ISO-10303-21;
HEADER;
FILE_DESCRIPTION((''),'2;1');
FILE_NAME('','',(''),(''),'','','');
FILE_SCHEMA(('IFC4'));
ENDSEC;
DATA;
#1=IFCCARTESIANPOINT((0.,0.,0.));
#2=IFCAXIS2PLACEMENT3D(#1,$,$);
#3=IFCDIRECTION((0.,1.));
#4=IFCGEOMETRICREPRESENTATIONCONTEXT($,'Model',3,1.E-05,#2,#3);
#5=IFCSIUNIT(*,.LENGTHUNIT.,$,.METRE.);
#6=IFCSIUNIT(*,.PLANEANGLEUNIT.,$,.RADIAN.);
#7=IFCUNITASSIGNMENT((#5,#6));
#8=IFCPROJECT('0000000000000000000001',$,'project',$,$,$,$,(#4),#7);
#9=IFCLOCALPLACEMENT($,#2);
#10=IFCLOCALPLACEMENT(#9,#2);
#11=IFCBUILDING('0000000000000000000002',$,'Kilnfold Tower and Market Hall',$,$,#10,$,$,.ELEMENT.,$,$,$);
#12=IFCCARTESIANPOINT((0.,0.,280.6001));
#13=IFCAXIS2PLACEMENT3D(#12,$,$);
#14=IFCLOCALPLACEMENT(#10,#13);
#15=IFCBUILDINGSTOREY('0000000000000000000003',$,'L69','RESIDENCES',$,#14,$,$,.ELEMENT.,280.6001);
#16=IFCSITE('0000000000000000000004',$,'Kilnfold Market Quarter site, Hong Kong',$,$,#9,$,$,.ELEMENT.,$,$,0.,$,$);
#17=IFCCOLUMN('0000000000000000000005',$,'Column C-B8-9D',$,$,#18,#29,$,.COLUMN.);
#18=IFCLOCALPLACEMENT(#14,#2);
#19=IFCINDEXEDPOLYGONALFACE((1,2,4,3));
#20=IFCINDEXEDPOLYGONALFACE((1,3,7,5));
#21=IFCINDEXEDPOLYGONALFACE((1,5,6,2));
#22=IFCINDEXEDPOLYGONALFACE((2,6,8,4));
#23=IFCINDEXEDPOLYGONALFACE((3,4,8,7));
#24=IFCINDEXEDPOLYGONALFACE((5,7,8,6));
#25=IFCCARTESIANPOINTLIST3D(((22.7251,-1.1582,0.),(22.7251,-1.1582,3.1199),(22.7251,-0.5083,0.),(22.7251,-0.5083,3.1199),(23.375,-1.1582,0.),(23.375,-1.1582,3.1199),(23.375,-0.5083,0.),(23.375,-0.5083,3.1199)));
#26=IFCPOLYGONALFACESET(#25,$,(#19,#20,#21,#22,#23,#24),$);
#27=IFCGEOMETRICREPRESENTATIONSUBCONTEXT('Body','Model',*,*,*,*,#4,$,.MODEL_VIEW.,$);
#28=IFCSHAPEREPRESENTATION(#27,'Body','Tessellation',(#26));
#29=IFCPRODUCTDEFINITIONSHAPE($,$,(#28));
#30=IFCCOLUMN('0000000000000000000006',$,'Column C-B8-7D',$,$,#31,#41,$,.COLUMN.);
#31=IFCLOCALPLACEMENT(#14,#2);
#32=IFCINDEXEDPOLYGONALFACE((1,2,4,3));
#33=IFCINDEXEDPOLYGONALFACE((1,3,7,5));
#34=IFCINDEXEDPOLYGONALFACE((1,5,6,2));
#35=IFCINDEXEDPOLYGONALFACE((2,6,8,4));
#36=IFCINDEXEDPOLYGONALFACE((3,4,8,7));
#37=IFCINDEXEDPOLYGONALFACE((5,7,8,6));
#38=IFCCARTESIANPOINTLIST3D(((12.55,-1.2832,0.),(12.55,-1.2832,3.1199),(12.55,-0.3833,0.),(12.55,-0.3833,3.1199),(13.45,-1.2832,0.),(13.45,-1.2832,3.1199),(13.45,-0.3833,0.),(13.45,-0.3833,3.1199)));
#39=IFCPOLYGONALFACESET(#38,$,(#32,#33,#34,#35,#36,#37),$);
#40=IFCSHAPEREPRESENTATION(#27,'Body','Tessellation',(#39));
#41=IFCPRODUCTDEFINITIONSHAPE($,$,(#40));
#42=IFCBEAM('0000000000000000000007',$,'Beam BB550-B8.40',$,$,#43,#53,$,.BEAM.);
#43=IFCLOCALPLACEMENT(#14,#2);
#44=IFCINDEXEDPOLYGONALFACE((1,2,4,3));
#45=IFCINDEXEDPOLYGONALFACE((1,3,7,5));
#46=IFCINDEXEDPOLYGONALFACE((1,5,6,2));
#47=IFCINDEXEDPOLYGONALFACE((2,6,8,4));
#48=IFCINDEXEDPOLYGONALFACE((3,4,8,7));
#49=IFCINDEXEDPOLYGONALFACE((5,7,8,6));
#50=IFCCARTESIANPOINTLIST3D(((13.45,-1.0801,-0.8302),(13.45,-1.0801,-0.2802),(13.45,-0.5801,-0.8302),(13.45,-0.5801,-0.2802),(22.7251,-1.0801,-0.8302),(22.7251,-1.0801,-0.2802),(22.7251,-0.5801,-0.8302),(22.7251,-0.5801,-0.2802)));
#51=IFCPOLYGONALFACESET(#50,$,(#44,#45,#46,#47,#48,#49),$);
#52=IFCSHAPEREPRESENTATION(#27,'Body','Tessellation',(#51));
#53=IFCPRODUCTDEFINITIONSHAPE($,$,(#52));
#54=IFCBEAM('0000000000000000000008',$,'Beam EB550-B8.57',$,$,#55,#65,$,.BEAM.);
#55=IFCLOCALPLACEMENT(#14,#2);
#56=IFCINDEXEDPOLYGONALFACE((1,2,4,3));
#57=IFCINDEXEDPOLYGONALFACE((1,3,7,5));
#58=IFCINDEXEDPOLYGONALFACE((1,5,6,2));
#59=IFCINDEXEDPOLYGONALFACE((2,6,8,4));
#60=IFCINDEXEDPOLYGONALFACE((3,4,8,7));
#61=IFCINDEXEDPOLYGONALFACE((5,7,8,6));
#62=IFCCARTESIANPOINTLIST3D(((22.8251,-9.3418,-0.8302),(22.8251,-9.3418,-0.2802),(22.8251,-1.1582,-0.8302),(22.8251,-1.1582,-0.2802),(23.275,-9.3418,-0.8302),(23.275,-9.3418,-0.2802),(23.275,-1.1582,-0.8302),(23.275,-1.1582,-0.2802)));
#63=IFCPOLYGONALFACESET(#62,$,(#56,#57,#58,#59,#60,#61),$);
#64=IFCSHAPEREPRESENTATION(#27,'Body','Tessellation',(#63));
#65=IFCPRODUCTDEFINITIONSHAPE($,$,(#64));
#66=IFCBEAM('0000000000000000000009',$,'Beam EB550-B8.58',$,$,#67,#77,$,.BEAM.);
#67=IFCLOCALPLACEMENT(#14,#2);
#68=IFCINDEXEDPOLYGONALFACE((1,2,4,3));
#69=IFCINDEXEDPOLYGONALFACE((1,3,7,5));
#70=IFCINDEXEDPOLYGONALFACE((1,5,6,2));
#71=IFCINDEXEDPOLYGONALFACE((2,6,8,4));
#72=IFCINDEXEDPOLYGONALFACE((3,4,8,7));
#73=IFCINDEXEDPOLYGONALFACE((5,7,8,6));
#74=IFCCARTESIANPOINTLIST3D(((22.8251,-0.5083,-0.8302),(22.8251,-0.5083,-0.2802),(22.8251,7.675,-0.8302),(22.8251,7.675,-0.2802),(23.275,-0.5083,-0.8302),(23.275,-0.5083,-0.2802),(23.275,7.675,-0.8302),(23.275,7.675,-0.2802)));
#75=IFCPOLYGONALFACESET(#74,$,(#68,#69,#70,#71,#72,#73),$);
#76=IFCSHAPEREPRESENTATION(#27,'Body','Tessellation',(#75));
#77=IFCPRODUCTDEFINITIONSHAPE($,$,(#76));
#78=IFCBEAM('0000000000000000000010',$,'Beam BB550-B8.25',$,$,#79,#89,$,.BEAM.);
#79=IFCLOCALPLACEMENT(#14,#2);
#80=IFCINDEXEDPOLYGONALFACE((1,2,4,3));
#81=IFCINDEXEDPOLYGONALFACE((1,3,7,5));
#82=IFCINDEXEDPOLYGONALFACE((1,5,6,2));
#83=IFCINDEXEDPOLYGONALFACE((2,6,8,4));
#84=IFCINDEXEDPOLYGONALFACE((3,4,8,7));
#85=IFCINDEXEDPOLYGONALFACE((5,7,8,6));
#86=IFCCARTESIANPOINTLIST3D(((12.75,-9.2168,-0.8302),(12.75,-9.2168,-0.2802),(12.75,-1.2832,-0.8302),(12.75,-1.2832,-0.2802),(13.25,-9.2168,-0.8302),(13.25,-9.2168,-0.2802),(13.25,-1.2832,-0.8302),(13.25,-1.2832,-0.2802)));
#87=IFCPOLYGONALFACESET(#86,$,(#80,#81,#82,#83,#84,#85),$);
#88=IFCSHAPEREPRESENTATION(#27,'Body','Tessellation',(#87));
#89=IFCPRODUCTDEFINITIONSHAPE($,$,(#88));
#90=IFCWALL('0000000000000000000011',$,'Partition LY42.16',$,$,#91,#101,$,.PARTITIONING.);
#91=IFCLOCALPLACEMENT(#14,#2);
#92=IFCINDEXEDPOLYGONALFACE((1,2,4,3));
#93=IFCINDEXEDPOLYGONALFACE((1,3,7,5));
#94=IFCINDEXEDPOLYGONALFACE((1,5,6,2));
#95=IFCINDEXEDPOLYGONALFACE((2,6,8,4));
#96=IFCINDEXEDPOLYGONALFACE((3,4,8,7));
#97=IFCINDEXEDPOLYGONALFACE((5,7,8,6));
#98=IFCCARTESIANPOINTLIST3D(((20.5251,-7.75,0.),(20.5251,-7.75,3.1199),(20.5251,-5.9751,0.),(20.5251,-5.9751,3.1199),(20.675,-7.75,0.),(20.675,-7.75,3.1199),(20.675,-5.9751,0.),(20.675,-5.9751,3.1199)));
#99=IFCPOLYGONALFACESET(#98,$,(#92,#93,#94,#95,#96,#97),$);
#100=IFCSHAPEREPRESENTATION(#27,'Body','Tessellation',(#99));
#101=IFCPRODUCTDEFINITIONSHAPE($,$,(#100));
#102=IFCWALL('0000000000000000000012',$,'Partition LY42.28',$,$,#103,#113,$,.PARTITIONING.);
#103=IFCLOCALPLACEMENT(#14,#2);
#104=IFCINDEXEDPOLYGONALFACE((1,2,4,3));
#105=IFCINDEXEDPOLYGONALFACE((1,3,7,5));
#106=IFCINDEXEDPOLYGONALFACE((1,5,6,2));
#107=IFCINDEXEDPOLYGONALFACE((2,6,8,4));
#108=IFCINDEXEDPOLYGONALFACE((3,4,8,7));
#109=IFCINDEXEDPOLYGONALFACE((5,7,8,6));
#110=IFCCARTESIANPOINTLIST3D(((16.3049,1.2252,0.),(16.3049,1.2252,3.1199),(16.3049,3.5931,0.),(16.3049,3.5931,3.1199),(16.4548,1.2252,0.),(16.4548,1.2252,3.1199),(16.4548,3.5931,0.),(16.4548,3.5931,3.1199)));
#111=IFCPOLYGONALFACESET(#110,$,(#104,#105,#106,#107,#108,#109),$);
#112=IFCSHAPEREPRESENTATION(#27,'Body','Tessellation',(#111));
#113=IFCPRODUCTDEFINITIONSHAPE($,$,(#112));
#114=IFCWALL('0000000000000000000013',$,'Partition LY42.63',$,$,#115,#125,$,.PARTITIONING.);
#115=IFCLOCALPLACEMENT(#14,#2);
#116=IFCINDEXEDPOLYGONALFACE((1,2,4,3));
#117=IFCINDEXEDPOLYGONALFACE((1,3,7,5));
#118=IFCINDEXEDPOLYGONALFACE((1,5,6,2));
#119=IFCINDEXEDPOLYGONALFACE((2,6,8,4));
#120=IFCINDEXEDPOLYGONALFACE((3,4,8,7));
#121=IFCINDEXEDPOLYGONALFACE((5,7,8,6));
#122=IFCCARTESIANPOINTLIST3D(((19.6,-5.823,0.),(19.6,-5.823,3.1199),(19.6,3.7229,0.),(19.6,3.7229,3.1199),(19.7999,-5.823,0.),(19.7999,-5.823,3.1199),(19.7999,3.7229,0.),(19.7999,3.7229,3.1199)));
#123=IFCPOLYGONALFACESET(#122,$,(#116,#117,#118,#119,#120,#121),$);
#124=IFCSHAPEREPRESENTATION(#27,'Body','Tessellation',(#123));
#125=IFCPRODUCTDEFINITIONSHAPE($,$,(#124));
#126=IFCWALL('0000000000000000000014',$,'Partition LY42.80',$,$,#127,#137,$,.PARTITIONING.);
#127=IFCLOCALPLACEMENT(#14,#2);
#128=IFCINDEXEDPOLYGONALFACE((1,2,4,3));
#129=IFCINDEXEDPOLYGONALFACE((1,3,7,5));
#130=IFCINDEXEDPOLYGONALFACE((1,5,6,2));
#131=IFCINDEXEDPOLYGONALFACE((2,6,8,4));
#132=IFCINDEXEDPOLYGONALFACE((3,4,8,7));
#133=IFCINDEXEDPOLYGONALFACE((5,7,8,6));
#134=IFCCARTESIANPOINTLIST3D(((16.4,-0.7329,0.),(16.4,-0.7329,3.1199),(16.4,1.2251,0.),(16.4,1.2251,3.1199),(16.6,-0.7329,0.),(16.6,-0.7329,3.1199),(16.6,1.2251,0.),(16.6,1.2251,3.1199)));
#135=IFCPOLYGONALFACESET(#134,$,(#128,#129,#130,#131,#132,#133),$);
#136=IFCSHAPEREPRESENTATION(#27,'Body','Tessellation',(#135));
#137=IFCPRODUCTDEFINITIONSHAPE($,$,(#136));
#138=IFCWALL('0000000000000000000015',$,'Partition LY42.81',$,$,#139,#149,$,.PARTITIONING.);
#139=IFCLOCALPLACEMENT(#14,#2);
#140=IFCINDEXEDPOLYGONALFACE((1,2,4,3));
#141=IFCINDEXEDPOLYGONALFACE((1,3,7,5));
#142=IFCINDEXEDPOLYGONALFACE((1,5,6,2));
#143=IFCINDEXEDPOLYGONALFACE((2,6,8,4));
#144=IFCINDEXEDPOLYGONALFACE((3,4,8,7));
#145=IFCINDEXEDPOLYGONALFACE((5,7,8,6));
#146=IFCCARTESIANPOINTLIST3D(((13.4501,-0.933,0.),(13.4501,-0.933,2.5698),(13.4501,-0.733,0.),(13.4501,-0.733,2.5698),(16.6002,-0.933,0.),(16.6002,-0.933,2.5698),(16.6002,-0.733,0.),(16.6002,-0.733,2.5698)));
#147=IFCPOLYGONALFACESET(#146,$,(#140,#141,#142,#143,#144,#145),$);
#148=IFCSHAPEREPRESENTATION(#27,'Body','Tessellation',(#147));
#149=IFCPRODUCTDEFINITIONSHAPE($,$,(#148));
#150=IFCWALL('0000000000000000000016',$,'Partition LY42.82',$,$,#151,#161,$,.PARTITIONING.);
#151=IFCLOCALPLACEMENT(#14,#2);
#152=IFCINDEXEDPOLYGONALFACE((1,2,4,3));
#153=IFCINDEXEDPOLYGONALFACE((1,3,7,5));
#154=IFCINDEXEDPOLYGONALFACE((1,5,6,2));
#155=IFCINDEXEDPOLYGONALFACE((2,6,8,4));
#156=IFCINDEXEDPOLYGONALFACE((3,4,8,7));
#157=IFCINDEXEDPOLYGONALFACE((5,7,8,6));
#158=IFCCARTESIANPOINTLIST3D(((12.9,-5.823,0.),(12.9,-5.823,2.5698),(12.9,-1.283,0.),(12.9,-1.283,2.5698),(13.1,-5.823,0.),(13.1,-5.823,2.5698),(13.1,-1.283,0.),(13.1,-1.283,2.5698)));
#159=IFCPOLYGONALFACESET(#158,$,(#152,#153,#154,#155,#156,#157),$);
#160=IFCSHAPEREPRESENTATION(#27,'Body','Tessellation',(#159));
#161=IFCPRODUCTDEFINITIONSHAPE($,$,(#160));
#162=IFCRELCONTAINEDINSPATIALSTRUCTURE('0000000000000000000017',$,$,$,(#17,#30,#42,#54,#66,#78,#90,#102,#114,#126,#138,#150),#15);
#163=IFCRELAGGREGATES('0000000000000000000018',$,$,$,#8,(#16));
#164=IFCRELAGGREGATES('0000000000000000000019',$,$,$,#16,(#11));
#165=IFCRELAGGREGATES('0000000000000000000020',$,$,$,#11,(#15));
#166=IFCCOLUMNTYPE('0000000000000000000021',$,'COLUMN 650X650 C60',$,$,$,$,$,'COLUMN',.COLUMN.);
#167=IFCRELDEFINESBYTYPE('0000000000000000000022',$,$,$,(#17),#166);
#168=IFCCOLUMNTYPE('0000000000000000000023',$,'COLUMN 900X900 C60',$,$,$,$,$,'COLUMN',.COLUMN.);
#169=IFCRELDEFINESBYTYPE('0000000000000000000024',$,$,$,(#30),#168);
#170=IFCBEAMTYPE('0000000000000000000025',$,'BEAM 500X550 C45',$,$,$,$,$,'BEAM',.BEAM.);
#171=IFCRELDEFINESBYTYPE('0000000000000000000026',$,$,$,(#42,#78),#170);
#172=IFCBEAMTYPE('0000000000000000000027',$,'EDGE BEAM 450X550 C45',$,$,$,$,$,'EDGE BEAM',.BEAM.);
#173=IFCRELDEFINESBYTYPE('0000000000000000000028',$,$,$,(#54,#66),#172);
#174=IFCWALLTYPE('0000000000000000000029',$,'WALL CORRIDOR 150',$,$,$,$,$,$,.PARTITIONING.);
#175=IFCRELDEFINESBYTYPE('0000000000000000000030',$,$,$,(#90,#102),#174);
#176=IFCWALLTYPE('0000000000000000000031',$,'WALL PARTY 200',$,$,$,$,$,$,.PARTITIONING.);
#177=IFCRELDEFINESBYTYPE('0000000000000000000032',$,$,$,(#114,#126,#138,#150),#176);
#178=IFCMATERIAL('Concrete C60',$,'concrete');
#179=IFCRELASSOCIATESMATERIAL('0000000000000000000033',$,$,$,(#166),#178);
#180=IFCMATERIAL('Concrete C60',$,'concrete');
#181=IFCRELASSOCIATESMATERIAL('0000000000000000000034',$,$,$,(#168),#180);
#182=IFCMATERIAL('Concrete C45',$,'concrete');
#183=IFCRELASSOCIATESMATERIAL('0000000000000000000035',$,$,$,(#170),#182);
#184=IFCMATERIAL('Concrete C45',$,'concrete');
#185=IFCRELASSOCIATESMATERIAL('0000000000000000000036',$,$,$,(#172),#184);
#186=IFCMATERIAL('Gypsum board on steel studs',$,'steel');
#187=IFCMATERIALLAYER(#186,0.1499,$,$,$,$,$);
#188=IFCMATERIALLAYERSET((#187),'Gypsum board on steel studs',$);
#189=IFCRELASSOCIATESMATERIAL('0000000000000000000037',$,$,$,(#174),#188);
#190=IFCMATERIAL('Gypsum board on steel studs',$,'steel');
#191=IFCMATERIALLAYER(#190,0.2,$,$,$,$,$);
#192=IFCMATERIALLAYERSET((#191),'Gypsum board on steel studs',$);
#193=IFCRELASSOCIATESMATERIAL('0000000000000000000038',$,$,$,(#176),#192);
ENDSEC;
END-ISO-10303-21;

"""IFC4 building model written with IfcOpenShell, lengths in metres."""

from ifc_helpers import new_model, si_unit, direction, frame, frame_2d, origin, origin_2d, place, context, subcontext, project, spatial, rectangle, extrude, source, transform, mapped, material, layer, layer_set, material_profile, profile_set, type_object, element, save


model = new_model("IFC4")

# Units and contexts
model_context = context("Model", 3, precision=1e-05, world=origin(), true_north=direction((0.0, 1.0)))
body_context = subcontext(model_context, "Body", "Model", "MODEL_VIEW")
ifc_project = project(units=[si_unit("LENGTHUNIT", "METRE"), si_unit("PLANEANGLEUNIT", "RADIAN")], contexts=[model_context])

# Site, building, storey
site_placement = place(None, origin())
site = spatial("IfcSite", under=ifc_project, at=site_placement, Name="Kilnfold Market Quarter site, Hong Kong", CompositionType="ELEMENT", RefElevation=0.0)
building_placement = place(site_placement, origin())
building = spatial("IfcBuilding", under=site, at=building_placement, Name="Kilnfold Tower and Market Hall", CompositionType="ELEMENT")
storey_placement = place(building_placement, frame((0.0, 0.0, 280.6001)))
storey = spatial("IfcBuildingStorey", under=building, at=storey_placement, Name="L69", Description="RESIDENCES", CompositionType="ELEMENT", Elevation=280.6001)

# Columns
ifc_material_1 = material(Name="Concrete C60", Category="concrete")
ifc_material_profile_1 = material_profile(ifc_material_1, rectangle(XDim=0.6499, YDim=0.6499, at=origin_2d()), Name="RC 650x650")
ifc_profile_set_1 = profile_set([ifc_material_profile_1], Name="Concrete C60")
column_type_1 = type_object("IfcColumnType", Name="COLUMN 650X650 C60", ElementType="COLUMN", PredefinedType="COLUMN", material=ifc_profile_set_1)
shared_shape_1 = source(origin(), body_context, "Body", "SweptSolid", [
    extrude(rectangle(XDim=0.6499, YDim=0.6499, at=origin_2d()), origin(), (0.0, 0.0, 1.0), 3.1199),
])
column_1_placement = place(storey_placement, frame((23.05, -0.8333, 0.0), z_axis=(0.0, 0.0, 1.0), x_axis=(1.0, 0.0, 0.0)))
element("IfcColumn", 1, at=column_1_placement, inside=storey, type_object=column_type_1, Name="Column C-B8-9D", PredefinedType="COLUMN", context=body_context, shape_type="MappedRepresentation", body=[
    mapped(shared_shape_1, transform((0.0, 0.0, 0.0))),
])
ifc_material_2 = material(Name="Concrete C60", Category="concrete")
ifc_material_profile_2 = material_profile(ifc_material_2, rectangle(XDim=0.8999, YDim=0.8999, at=origin_2d()), Name="RC 900x900")
ifc_profile_set_2 = profile_set([ifc_material_profile_2], Name="Concrete C60")
column_type_2 = type_object("IfcColumnType", Name="COLUMN 900X900 C60", ElementType="COLUMN", PredefinedType="COLUMN", material=ifc_profile_set_2)
shared_shape_2 = source(origin(), body_context, "Body", "SweptSolid", [
    extrude(rectangle(XDim=0.8999, YDim=0.8999, at=origin_2d()), origin(), (0.0, 0.0, 1.0), 3.1199),
])
column_2_placement = place(storey_placement, frame((13.0, -0.8333, 0.0), z_axis=(0.0, 0.0, 1.0), x_axis=(1.0, 0.0, 0.0)))
element("IfcColumn", 2, at=column_2_placement, inside=storey, type_object=column_type_2, Name="Column C-B8-7D", PredefinedType="COLUMN", context=body_context, shape_type="MappedRepresentation", body=[
    mapped(shared_shape_2, transform((0.0, 0.0, 0.0))),
])

# Beams
ifc_material_3 = material(Name="Concrete C45", Category="concrete")
ifc_material_profile_3 = material_profile(ifc_material_3, rectangle(XDim=0.5, YDim=0.55, at=origin_2d()), Name="RC 500x550")
ifc_profile_set_3 = profile_set([ifc_material_profile_3], Name="Concrete C45")
beam_type_1 = type_object("IfcBeamType", Name="BEAM 500X550 C45", ElementType="BEAM", PredefinedType="BEAM", material=ifc_profile_set_3)
shared_shape_3 = source(origin(), body_context, "Body", "SweptSolid", [
    extrude(rectangle(XDim=0.5, YDim=0.55, at=origin_2d()), origin(), (0.0, 0.0, 1.0), 9.2751),
])
beam_1_placement = place(storey_placement, frame((13.45, -0.8301, -0.5552), z_axis=(1.0, 0.0, 0.0), x_axis=(0.0, 1.0, 0.0)))
element("IfcBeam", 3, at=beam_1_placement, inside=storey, type_object=beam_type_1, Name="Beam BB550-B8.40", PredefinedType="BEAM", context=body_context, shape_type="MappedRepresentation", body=[
    mapped(shared_shape_3, transform((0.0, 0.0, 0.0))),
])
ifc_material_4 = material(Name="Concrete C45", Category="concrete")
ifc_material_profile_4 = material_profile(ifc_material_4, rectangle(XDim=0.45, YDim=0.55, at=origin_2d()), Name="RC 450x550")
ifc_profile_set_4 = profile_set([ifc_material_profile_4], Name="Concrete C45")
beam_type_2 = type_object("IfcBeamType", Name="EDGE BEAM 450X550 C45", ElementType="EDGE BEAM", PredefinedType="BEAM", material=ifc_profile_set_4)
shared_shape_4 = source(origin(), body_context, "Body", "SweptSolid", [
    extrude(rectangle(XDim=0.45, YDim=0.55, at=origin_2d()), origin(), (0.0, 0.0, 1.0), 8.1836),
])
beam_2_placement = place(storey_placement, frame((23.05, -9.3418, -0.5552), z_axis=(0.0, 1.0, 0.0), x_axis=(-1.0, 0.0, 0.0)))
element("IfcBeam", 4, at=beam_2_placement, inside=storey, type_object=beam_type_2, Name="Beam EB550-B8.57", PredefinedType="BEAM", context=body_context, shape_type="MappedRepresentation", body=[
    mapped(shared_shape_4, transform((0.0, 0.0, 0.0))),
])
shared_shape_5 = source(origin(), body_context, "Body", "SweptSolid", [
    extrude(rectangle(XDim=0.45, YDim=0.55, at=origin_2d()), origin(), (0.0, 0.0, 1.0), 8.1833),
])
beam_3_placement = place(storey_placement, frame((23.05, -0.5083, -0.5552), z_axis=(0.0, 1.0, 0.0), x_axis=(-1.0, 0.0, 0.0)))
element("IfcBeam", 5, at=beam_3_placement, inside=storey, type_object=beam_type_2, Name="Beam EB550-B8.58", PredefinedType="BEAM", context=body_context, shape_type="MappedRepresentation", body=[
    mapped(shared_shape_5, transform((0.0, 0.0, 0.0))),
])
shared_shape_6 = source(origin(), body_context, "Body", "SweptSolid", [
    extrude(rectangle(XDim=0.5, YDim=0.55, at=origin_2d()), origin(), (0.0, 0.0, 1.0), 7.9336),
])
beam_4_placement = place(storey_placement, frame((13.0, -9.2168, -0.5552), z_axis=(0.0, 1.0, 0.0), x_axis=(-1.0, 0.0, 0.0)))
element("IfcBeam", 6, at=beam_4_placement, inside=storey, type_object=beam_type_1, Name="Beam BB550-B8.25", PredefinedType="BEAM", context=body_context, shape_type="MappedRepresentation", body=[
    mapped(shared_shape_6, transform((0.0, 0.0, 0.0))),
])

# Walls
ifc_material_5 = material(Name="Gypsum board on steel studs", Category="steel")
ifc_layer_1 = layer(ifc_material_5, 0.1499)
ifc_layer_set_1 = layer_set([ifc_layer_1], Name="Gypsum board on steel studs")
wall_type_1 = type_object("IfcWallType", Name="WALL CORRIDOR 150", PredefinedType="PARTITIONING", material=ifc_layer_set_1)
wall_1_placement = place(storey_placement, frame((20.6001, -7.75, 0.0), z_axis=(0.0, 0.0, 1.0), x_axis=(0.0, 1.0, 0.0)))
element("IfcWall", 7, at=wall_1_placement, inside=storey, type_object=wall_type_1, Name="Partition LY42.16", PredefinedType="PARTITIONING", context=body_context, shape_type="SweptSolid", body=[
    extrude(rectangle(XDim=1.7749, YDim=0.1499, at=frame_2d((0.8875, 0.0))), origin(), (0.0, 0.0, 1.0), 3.1199),
])
wall_2_placement = place(storey_placement, frame((16.3799, 1.2251, 0.0), z_axis=(0.0, 0.0, 1.0), x_axis=(0.0, 1.0, 0.0)))
element("IfcWall", 8, at=wall_2_placement, inside=storey, type_object=wall_type_1, Name="Partition LY42.28", PredefinedType="PARTITIONING", context=body_context, shape_type="SweptSolid", body=[
    extrude(rectangle(XDim=2.3679, YDim=0.1499, at=frame_2d((1.1841, 0.0))), origin(), (0.0, 0.0, 1.0), 3.1199),
])
ifc_material_6 = material(Name="Gypsum board on steel studs", Category="steel")
ifc_layer_2 = layer(ifc_material_6, 0.2)
ifc_layer_set_2 = layer_set([ifc_layer_2], Name="Gypsum board on steel studs")
wall_type_2 = type_object("IfcWallType", Name="WALL PARTY 200", PredefinedType="PARTITIONING", material=ifc_layer_set_2)
wall_3_placement = place(storey_placement, frame((19.7, 3.7229, 0.0), z_axis=(0.0, 0.0, 1.0), x_axis=(0.0, -1.0, 0.0)))
element("IfcWall", 9, at=wall_3_placement, inside=storey, type_object=wall_type_2, Name="Partition LY42.63", PredefinedType="PARTITIONING", context=body_context, shape_type="SweptSolid", body=[
    extrude(rectangle(XDim=9.5459, YDim=0.2, at=frame_2d((4.7729, 0.0))), origin(), (0.0, 0.0, 1.0), 3.1199),
])
wall_4_placement = place(storey_placement, frame((16.5, -0.7329, 0.0), z_axis=(0.0, 0.0, 1.0), x_axis=(0.0, 1.0, 0.0)))
element("IfcWall", 10, at=wall_4_placement, inside=storey, type_object=wall_type_2, Name="Partition LY42.80", PredefinedType="PARTITIONING", context=body_context, shape_type="SweptSolid", body=[
    extrude(rectangle(XDim=1.958, YDim=0.2, at=frame_2d((0.979, 0.0))), origin(), (0.0, 0.0, 1.0), 3.1199),
])
wall_5_placement = place(storey_placement, frame((13.45, -0.833, 0.0), z_axis=(0.0, 0.0, 1.0), x_axis=(1.0, 0.0, 0.0)))
element("IfcWall", 11, at=wall_5_placement, inside=storey, type_object=wall_type_2, Name="Partition LY42.81", PredefinedType="PARTITIONING", context=body_context, shape_type="SweptSolid", body=[
    extrude(rectangle(XDim=3.1501, YDim=0.2, at=frame_2d((1.5752, 0.0))), origin(), (0.0, 0.0, 1.0), 2.5698),
])
wall_6_placement = place(storey_placement, frame((13.0, -5.823, 0.0), z_axis=(0.0, 0.0, 1.0), x_axis=(0.0, 1.0, 0.0)))
element("IfcWall", 12, at=wall_6_placement, inside=storey, type_object=wall_type_2, Name="Partition LY42.82", PredefinedType="PARTITIONING", context=body_context, shape_type="SweptSolid", body=[
    extrude(rectangle(XDim=4.54, YDim=0.2, at=frame_2d((2.27, 0.0))), origin(), (0.0, 0.0, 1.0), 2.5698),
])

save(model, "model.ifc")
